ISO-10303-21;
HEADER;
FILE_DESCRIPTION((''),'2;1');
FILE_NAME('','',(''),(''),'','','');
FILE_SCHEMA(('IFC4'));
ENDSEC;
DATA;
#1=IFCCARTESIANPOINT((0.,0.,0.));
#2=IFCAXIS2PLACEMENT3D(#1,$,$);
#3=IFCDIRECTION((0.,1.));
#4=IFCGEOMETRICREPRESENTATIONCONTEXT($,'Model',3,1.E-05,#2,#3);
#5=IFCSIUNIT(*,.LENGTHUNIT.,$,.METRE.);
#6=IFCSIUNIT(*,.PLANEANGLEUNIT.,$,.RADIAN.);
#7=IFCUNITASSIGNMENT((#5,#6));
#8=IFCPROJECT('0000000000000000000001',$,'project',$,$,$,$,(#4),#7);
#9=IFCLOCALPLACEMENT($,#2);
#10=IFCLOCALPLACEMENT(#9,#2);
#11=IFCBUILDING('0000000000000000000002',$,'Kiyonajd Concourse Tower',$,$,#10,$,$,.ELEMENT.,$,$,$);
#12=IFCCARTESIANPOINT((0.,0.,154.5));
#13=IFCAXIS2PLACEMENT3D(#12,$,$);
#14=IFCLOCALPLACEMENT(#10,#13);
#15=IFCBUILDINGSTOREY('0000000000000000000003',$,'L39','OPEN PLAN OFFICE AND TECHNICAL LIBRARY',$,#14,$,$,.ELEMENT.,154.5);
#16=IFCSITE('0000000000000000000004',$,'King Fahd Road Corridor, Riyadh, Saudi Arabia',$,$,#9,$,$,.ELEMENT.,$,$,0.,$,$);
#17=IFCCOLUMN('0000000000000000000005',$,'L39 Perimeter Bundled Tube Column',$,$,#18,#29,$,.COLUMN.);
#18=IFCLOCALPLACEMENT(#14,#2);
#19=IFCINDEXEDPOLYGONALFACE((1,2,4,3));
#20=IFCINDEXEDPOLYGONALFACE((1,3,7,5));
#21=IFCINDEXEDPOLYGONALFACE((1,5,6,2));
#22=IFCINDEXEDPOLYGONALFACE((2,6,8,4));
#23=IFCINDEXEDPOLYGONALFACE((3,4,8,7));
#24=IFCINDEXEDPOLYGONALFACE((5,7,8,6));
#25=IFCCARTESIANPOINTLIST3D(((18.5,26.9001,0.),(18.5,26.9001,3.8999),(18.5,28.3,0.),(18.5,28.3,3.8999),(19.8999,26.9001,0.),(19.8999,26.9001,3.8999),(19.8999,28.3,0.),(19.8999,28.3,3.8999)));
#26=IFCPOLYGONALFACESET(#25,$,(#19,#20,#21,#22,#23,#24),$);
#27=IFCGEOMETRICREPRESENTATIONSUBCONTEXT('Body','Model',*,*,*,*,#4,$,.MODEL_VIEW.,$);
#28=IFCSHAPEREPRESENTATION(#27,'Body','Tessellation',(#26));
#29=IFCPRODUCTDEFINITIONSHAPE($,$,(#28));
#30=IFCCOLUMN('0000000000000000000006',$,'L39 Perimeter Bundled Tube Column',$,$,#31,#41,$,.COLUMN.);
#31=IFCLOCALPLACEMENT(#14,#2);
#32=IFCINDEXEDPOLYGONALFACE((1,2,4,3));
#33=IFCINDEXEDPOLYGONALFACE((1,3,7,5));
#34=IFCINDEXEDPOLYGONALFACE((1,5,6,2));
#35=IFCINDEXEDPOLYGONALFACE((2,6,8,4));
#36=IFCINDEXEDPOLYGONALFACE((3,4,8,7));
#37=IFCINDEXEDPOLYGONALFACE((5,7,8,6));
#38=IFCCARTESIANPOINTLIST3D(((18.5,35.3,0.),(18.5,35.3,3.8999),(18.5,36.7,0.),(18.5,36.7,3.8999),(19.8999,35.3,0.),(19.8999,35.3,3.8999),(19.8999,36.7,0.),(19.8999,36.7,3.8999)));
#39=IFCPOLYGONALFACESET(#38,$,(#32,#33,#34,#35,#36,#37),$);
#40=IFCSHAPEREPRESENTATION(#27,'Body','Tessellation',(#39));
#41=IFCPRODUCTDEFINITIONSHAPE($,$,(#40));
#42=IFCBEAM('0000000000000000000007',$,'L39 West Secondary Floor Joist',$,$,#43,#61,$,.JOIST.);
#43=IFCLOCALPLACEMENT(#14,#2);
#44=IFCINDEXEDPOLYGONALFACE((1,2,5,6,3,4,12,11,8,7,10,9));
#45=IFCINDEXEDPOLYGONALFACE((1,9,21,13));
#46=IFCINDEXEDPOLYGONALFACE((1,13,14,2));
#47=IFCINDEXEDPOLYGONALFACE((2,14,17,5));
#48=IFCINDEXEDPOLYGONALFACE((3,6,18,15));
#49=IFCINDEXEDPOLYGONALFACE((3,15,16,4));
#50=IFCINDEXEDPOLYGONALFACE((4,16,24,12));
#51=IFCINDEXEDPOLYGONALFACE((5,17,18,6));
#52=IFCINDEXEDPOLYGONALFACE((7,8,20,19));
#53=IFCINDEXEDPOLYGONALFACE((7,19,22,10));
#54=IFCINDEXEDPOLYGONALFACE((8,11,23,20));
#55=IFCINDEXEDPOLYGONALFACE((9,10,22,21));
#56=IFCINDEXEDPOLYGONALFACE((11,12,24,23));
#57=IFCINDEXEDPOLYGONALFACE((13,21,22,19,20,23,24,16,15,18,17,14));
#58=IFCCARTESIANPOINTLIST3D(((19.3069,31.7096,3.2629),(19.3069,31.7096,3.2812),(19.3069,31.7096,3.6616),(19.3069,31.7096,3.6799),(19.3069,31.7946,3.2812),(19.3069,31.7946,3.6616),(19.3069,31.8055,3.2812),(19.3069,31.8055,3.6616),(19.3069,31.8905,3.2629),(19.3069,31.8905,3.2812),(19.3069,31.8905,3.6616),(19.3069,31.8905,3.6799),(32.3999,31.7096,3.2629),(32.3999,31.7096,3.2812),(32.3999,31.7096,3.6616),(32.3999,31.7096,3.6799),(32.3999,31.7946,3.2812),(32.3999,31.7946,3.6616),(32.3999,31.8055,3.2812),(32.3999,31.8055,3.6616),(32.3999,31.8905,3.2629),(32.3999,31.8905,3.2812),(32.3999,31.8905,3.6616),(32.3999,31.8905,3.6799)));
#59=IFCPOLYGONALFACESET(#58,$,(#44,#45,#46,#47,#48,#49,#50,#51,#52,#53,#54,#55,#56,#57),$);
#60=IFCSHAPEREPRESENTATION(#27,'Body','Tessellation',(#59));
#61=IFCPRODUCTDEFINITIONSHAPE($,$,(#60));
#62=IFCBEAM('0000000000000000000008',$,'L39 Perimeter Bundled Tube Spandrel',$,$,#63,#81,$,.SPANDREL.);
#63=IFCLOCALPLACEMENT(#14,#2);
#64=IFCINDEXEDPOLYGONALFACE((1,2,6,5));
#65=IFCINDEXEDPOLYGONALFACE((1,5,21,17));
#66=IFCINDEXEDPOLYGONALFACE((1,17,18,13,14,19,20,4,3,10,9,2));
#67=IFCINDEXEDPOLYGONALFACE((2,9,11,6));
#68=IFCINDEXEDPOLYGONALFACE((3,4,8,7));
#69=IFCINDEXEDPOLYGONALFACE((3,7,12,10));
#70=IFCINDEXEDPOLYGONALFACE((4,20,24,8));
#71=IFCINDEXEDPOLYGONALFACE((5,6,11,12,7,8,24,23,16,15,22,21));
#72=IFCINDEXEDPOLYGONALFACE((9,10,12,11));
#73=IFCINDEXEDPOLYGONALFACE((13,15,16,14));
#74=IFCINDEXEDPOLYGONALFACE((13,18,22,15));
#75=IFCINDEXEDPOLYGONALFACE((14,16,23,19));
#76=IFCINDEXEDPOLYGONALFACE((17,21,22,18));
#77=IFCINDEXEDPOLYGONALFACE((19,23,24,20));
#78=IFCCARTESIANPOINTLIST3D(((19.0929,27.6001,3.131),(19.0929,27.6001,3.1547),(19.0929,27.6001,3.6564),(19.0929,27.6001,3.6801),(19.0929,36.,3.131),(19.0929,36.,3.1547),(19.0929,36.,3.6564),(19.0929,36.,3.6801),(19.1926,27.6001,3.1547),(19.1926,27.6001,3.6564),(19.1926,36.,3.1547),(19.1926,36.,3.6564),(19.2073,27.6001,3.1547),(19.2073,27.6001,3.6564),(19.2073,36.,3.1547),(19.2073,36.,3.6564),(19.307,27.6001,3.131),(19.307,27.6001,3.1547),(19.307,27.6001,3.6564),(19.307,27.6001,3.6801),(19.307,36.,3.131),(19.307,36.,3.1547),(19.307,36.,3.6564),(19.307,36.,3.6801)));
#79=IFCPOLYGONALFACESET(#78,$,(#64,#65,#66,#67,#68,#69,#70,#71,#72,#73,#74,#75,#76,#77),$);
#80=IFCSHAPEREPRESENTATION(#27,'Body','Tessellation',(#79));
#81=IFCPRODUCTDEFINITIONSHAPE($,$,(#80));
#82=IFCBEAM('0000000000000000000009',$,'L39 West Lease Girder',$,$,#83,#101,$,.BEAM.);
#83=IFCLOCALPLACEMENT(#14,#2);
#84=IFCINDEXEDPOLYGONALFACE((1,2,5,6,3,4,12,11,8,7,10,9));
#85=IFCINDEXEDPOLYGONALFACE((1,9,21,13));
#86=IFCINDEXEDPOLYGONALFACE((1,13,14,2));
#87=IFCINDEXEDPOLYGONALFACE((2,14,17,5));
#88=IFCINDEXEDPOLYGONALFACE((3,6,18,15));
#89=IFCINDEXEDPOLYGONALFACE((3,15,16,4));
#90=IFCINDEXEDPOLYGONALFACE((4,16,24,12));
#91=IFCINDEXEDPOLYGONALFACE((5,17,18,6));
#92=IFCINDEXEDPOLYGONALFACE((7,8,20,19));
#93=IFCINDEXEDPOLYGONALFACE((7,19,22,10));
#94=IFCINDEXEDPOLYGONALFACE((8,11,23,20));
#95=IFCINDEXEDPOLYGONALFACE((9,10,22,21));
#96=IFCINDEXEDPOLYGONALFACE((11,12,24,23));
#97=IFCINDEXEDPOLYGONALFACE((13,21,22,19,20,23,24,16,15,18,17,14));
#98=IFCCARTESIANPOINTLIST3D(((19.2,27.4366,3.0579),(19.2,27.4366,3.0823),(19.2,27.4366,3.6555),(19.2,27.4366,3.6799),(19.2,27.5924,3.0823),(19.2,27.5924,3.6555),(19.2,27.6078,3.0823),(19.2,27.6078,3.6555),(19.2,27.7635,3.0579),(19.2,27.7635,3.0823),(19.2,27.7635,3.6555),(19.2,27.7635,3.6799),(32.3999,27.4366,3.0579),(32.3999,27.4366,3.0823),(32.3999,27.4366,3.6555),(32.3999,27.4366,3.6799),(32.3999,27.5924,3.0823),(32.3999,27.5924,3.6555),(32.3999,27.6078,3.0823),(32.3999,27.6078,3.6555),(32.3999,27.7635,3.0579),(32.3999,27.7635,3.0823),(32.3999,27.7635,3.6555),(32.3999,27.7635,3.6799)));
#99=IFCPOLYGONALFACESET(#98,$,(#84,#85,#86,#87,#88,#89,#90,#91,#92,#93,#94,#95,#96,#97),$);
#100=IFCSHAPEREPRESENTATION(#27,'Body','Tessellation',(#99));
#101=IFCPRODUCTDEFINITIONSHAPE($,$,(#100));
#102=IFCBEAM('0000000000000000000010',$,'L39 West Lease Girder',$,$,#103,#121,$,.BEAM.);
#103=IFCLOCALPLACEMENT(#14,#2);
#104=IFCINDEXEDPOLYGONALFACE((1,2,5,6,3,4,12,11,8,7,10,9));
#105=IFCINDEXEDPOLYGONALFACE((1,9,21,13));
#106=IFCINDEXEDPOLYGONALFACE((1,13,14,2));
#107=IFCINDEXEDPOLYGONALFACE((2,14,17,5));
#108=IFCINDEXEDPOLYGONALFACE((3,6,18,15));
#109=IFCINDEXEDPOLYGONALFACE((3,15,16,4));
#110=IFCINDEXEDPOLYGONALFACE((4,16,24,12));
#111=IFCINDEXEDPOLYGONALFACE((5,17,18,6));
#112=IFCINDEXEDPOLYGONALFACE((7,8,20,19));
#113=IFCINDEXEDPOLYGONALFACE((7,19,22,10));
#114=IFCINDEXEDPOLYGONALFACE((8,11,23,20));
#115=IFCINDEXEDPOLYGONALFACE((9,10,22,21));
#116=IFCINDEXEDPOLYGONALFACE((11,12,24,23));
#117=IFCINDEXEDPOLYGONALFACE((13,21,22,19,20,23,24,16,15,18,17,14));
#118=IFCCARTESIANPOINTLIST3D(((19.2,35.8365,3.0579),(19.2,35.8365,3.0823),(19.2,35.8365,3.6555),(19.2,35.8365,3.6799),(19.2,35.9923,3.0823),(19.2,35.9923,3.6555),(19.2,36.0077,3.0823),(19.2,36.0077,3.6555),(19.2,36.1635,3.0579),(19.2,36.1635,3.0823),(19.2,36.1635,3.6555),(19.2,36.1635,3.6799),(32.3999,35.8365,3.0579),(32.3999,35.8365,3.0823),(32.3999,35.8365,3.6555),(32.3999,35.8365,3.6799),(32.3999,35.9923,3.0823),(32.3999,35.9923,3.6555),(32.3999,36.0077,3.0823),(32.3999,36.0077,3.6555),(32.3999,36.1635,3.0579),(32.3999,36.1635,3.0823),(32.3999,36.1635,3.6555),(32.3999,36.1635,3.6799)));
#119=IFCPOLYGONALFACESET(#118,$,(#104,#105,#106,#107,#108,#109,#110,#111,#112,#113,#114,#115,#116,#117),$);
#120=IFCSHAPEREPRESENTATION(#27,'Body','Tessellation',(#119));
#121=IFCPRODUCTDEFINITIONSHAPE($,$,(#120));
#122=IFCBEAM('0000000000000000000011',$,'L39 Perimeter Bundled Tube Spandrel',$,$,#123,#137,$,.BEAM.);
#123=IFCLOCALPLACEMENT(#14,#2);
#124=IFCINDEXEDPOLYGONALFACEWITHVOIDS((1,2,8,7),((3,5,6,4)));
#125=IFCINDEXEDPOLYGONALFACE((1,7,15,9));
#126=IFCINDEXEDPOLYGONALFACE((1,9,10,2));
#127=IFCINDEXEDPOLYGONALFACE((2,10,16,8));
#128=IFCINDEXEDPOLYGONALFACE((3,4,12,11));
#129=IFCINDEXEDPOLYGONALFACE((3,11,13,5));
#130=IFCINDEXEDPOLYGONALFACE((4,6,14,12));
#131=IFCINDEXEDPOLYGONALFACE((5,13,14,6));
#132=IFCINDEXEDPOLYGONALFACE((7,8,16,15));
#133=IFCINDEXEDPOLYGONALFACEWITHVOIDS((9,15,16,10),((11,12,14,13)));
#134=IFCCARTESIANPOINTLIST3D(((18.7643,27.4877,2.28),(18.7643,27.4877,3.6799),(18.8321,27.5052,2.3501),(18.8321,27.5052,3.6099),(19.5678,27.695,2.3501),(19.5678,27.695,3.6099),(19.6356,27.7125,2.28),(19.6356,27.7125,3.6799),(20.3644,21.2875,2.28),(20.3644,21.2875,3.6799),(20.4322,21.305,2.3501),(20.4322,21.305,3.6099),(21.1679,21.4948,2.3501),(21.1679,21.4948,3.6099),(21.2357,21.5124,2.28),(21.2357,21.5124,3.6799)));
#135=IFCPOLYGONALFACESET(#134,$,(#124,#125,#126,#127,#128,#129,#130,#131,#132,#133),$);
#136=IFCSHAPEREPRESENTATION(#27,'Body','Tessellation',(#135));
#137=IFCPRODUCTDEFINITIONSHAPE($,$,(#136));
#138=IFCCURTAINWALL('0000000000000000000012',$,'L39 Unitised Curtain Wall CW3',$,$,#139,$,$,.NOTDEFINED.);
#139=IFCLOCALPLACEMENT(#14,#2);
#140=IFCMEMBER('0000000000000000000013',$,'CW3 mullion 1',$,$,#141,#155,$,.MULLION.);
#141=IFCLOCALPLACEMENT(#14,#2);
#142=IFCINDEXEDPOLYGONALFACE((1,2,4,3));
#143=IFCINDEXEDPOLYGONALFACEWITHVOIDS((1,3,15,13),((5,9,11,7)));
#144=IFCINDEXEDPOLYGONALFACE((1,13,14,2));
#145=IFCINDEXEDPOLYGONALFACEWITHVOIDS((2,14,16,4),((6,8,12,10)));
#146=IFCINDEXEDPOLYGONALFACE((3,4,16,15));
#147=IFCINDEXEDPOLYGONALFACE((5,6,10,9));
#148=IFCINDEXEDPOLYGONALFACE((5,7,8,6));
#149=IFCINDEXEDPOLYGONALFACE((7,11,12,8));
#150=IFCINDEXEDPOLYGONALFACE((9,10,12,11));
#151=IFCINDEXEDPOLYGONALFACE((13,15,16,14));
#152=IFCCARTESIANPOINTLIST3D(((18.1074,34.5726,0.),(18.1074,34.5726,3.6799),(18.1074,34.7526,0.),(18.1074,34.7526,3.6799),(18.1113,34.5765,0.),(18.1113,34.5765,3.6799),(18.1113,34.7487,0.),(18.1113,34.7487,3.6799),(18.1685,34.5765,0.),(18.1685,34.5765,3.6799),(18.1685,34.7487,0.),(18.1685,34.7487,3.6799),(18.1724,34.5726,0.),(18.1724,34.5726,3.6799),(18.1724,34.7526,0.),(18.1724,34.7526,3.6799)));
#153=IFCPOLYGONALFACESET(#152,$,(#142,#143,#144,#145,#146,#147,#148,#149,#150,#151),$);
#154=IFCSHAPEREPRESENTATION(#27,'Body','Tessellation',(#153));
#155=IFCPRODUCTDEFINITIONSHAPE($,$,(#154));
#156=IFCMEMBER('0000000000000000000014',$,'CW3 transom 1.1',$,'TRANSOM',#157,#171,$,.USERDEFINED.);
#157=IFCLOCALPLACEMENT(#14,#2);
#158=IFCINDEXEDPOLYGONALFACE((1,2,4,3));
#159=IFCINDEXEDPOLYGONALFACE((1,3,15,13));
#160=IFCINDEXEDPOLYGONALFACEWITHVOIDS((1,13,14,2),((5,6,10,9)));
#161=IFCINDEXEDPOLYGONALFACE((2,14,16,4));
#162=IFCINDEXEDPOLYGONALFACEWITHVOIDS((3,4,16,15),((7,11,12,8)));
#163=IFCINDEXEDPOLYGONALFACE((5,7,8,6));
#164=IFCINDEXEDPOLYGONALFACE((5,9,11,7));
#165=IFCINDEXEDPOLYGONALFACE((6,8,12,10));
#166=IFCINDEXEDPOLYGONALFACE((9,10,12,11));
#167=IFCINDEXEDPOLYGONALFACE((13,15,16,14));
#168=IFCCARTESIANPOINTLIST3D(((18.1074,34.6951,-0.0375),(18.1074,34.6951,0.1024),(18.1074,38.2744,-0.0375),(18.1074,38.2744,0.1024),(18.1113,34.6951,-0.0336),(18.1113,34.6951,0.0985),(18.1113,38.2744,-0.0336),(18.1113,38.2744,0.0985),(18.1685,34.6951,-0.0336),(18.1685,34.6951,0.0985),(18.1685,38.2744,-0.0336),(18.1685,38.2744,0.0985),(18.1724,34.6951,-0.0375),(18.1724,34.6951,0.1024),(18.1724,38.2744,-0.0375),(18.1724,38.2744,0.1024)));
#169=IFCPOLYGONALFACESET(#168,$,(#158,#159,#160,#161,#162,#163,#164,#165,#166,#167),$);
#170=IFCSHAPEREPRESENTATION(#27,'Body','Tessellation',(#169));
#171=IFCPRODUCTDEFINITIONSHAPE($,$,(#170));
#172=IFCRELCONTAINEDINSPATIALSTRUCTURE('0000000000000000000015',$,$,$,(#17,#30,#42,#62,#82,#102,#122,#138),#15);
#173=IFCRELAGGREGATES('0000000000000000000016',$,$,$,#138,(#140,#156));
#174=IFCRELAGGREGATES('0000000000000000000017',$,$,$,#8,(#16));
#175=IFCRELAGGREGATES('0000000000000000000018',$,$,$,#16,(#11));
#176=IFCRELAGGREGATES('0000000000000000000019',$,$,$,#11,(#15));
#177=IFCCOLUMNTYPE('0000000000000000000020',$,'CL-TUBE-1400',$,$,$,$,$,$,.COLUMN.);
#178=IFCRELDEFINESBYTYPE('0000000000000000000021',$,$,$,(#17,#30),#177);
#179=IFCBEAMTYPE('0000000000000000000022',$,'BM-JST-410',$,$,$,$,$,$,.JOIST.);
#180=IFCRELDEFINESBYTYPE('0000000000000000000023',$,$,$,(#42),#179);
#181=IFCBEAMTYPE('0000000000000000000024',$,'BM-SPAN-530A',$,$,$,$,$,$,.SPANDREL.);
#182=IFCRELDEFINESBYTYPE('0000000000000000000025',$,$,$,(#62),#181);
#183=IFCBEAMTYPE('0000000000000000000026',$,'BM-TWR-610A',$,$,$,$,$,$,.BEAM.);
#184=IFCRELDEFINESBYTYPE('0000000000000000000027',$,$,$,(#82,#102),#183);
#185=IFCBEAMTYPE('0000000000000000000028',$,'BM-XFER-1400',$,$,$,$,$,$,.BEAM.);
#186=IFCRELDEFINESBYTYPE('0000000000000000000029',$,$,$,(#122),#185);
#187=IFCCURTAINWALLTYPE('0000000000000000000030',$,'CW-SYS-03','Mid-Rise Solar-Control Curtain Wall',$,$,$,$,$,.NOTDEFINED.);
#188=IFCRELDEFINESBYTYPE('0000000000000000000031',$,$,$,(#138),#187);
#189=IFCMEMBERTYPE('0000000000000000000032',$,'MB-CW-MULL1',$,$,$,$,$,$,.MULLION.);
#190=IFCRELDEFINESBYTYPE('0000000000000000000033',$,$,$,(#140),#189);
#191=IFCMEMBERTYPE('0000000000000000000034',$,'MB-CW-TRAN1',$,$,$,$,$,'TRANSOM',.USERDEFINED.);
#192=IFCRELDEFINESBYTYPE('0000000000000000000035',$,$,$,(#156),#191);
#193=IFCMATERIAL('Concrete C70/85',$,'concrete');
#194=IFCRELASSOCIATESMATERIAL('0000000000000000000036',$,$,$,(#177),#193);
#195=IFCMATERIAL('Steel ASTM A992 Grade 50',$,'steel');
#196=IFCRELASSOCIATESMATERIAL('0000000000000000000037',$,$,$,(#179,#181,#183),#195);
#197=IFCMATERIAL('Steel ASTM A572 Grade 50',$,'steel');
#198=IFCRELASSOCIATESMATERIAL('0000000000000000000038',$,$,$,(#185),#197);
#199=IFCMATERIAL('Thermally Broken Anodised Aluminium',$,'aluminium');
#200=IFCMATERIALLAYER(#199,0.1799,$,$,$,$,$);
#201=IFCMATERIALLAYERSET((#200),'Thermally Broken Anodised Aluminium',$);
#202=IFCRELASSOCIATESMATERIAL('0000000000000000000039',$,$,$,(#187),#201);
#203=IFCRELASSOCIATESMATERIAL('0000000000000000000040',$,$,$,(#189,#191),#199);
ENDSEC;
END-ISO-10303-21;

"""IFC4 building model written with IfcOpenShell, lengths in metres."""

from ifc_helpers import new_model, si_unit, direction, frame, origin, origin_2d, place, context, subcontext, project, spatial, rectangle, hollow_rectangle, i_section, extrude, material, layer, layer_set, material_profile, profile_set, type_object, element, aggregate, save


model = new_model("IFC4")

# Units and contexts
model_context = context("Model", 3, precision=1e-05, world=origin(), true_north=direction((0.0, 1.0)))
body_context = subcontext(model_context, "Body", "Model", "MODEL_VIEW")
ifc_project = project(units=[si_unit("LENGTHUNIT", "METRE"), si_unit("PLANEANGLEUNIT", "RADIAN")], contexts=[model_context])

# Site, building, storey
site_placement = place(None, origin())
site = spatial("IfcSite", under=ifc_project, at=site_placement, Name="King Fahd Road Corridor, Riyadh, Saudi Arabia", CompositionType="ELEMENT", RefElevation=0.0)
building_placement = place(site_placement, origin())
building = spatial("IfcBuilding", under=site, at=building_placement, Name="Kiyonajd Concourse Tower", CompositionType="ELEMENT")
storey_placement = place(building_placement, frame((0.0, 0.0, 154.5)))
storey = spatial("IfcBuildingStorey", under=building, at=storey_placement, Name="L39", Description="OPEN PLAN OFFICE AND TECHNICAL LIBRARY", CompositionType="ELEMENT", Elevation=154.5)

# Columns
ifc_material_1 = material(Name="Concrete C70/85", Category="concrete")
ifc_material_profile_1 = material_profile(ifc_material_1, rectangle(XDim=1.3999, YDim=1.3999, at=origin_2d()), Name="RC-1400x1400")
ifc_profile_set_1 = profile_set([ifc_material_profile_1], Name="Concrete C70/85")
column_type = type_object("IfcColumnType", Name="CL-TUBE-1400", PredefinedType="COLUMN", material=ifc_profile_set_1)
for number, where, z_axis, x_axis, name in (
    (1, (19.2, 27.6001, 0.0), (0.0, 0.0, 1.0), (1.0, 0.0, 0.0), "L39 Perimeter Bundled Tube Column"),
    (2, (19.2, 36.0, 0.0), (0.0, 0.0, 1.0), (1.0, 0.0, 0.0), "L39 Perimeter Bundled Tube Column"),
):
    element("IfcColumn", number, at=place(storey_placement, frame(where, z_axis=z_axis, x_axis=x_axis)), inside=storey, type_object=column_type, Name=name, PredefinedType="COLUMN", context=body_context, shape_type="SweptSolid", body=[
        extrude(rectangle(XDim=1.3999, YDim=1.3999, at=origin_2d()), origin(), (0.0, 0.0, 1.0), 3.8999),
    ])

# Beams
ifc_material_2 = material(Name="Steel ASTM A992 Grade 50", Category="steel")
ifc_material_profile_2 = material_profile(ifc_material_2, i_section(OverallWidth=0.1809, OverallDepth=0.417, WebThickness=0.011, FlangeThickness=0.0183, at=origin_2d()), Name="W410X85")
ifc_profile_set_2 = profile_set([ifc_material_profile_2], Name="Steel ASTM A992 Grade 50")
beam_type_1 = type_object("IfcBeamType", Name="BM-JST-410", PredefinedType="JOIST", material=ifc_profile_set_2)
beam_1_placement = place(storey_placement, frame((19.3069, 31.8, 3.4714), z_axis=(1.0, 0.0, 0.0), x_axis=(0.0, 1.0, 0.0)))
element("IfcBeam", 3, at=beam_1_placement, inside=storey, type_object=beam_type_1, Name="L39 West Secondary Floor Joist", PredefinedType="JOIST", context=body_context, shape_type="SweptSolid", body=[
    extrude(i_section(OverallWidth=0.1809, OverallDepth=0.417, WebThickness=0.011, FlangeThickness=0.0183, at=origin_2d()), origin(), (0.0, 0.0, 1.0), 13.093),
])
ifc_material_profile_3 = material_profile(ifc_material_2, i_section(OverallWidth=0.2141, OverallDepth=0.5491, WebThickness=0.0146, FlangeThickness=0.0237, at=origin_2d()), Name="W530X138")
ifc_profile_set_3 = profile_set([ifc_material_profile_3], Name="Steel ASTM A992 Grade 50")
beam_type_2 = type_object("IfcBeamType", Name="BM-SPAN-530A", PredefinedType="SPANDREL", material=ifc_profile_set_3)
beam_2_placement = place(storey_placement, frame((19.2, 36.0, 3.4055), z_axis=(0.0, -1.0, 0.0), x_axis=(1.0, 0.0, 0.0)))
element("IfcBeam", 4, at=beam_2_placement, inside=storey, type_object=beam_type_2, Name="L39 Perimeter Bundled Tube Spandrel", PredefinedType="SPANDREL", context=body_context, shape_type="SweptSolid", body=[
    extrude(i_section(OverallWidth=0.2141, OverallDepth=0.5491, WebThickness=0.0146, FlangeThickness=0.0237, at=origin_2d()), origin(), (0.0, 0.0, 1.0), 8.3999),
])
ifc_material_profile_4 = material_profile(ifc_material_2, i_section(OverallWidth=0.3269, OverallDepth=0.6221, WebThickness=0.0154, FlangeThickness=0.0244, at=origin_2d()), Name="W610X195")
ifc_profile_set_4 = profile_set([ifc_material_profile_4], Name="Steel ASTM A992 Grade 50")
beam_type_3 = type_object("IfcBeamType", Name="BM-TWR-610A", PredefinedType="BEAM", material=ifc_profile_set_4)
for number, where, z_axis, x_axis, name in (
    (5, (19.2, 27.6001, 3.3689), (1.0, 0.0, 0.0), (0.0, 1.0, 0.0), "L39 West Lease Girder"),
    (6, (19.2, 36.0, 3.3689), (1.0, 0.0, 0.0), (0.0, 1.0, 0.0), "L39 West Lease Girder"),
):
    element("IfcBeam", number, at=place(storey_placement, frame(where, z_axis=z_axis, x_axis=x_axis)), inside=storey, type_object=beam_type_3, Name=name, PredefinedType="BEAM", context=body_context, shape_type="SweptSolid", body=[
        extrude(i_section(OverallWidth=0.3269, OverallDepth=0.6221, WebThickness=0.0154, FlangeThickness=0.0244, at=origin_2d()), origin(), (0.0, 0.0, 1.0), 13.2),
    ])
ifc_material_3 = material(Name="Steel ASTM A572 Grade 50", Category="steel")
ifc_material_profile_5 = material_profile(ifc_material_3, hollow_rectangle(XDim=0.8999, YDim=1.3999, WallThickness=0.0701, at=origin_2d()), Name="BOX-1400x900x70")
ifc_profile_set_5 = profile_set([ifc_material_profile_5], Name="Steel ASTM A572 Grade 50")
beam_type_4 = type_object("IfcBeamType", Name="BM-XFER-1400", PredefinedType="BEAM", material=ifc_profile_set_5)
beam_3_placement = place(storey_placement, frame((19.2, 27.6001, 2.98), z_axis=(0.249885, -0.968276, 0.0), x_axis=(0.968276, 0.249885, 0.0)))
element("IfcBeam", 7, at=beam_3_placement, inside=storey, type_object=beam_type_4, Name="L39 Perimeter Bundled Tube Spandrel", PredefinedType="BEAM", context=body_context, shape_type="SweptSolid", body=[
    extrude(hollow_rectangle(XDim=0.8999, YDim=1.3999, WallThickness=0.0701, at=origin_2d()), origin(), (0.0, 0.0, 1.0), 6.4033),
])

# Curtain wall, members
ifc_material_4 = material(Name="Thermally Broken Anodised Aluminium", Category="aluminium")
ifc_layer_1 = layer(ifc_material_4, 0.1799)
ifc_layer_set_1 = layer_set([ifc_layer_1], Name="Thermally Broken Anodised Aluminium")
curtain_wall_type = type_object("IfcCurtainWallType", Name="CW-SYS-03", Description="Mid-Rise Solar-Control Curtain Wall", PredefinedType="NOTDEFINED", material=ifc_layer_set_1)
curtain_wall_placement = place(storey_placement, origin())
curtain_wall = element("IfcCurtainWall", 8, at=curtain_wall_placement, inside=storey, type_object=curtain_wall_type, Name="L39 Unitised Curtain Wall CW3", PredefinedType="NOTDEFINED")
ifc_material_profile_6 = material_profile(ifc_material_4, hollow_rectangle(XDim=0.0649, YDim=0.1799, WallThickness=0.0039, at=origin_2d()), Name="MULL-65x180")
ifc_profile_set_6 = profile_set([ifc_material_profile_6], Name="Thermally Broken Anodised Aluminium")
member_type_1 = type_object("IfcMemberType", Name="MB-CW-MULL1", PredefinedType="MULLION", material=ifc_profile_set_6)
member_1_placement = place(storey_placement, frame((18.1399, 34.6626, 0.0), z_axis=(0.0, 0.0, 1.0), x_axis=(-1.0, 0.0, 0.0)))
member_1 = element("IfcMember", 9, at=member_1_placement, type_object=member_type_1, Name="CW3 mullion 1", PredefinedType="MULLION", context=body_context, shape_type="SweptSolid", body=[
    extrude(hollow_rectangle(XDim=0.0649, YDim=0.1799, WallThickness=0.0039, at=origin_2d()), origin(), (0.0, 0.0, 1.0), 3.6799),
])
ifc_material_profile_7 = material_profile(ifc_material_4, hollow_rectangle(XDim=0.0649, YDim=0.1399, WallThickness=0.0039, at=origin_2d()), Name="TRAN-65x140")
ifc_profile_set_7 = profile_set([ifc_material_profile_7], Name="Thermally Broken Anodised Aluminium")
member_type_2 = type_object("IfcMemberType", Name="MB-CW-TRAN1", ElementType="TRANSOM", PredefinedType="USERDEFINED", material=ifc_profile_set_7)
member_2_placement = place(storey_placement, frame((18.1399, 34.6951, 0.0325), z_axis=(0.0, 1.0, 0.0), x_axis=(-1.0, 0.0, 0.0)))
member_2 = element("IfcMember", 10, at=member_2_placement, type_object=member_type_2, Name="CW3 transom 1.1", ObjectType="TRANSOM", PredefinedType="USERDEFINED", context=body_context, shape_type="SweptSolid", body=[
    extrude(hollow_rectangle(XDim=0.0649, YDim=0.1399, WallThickness=0.0039, at=origin_2d()), origin(), (0.0, 0.0, 1.0), 3.5793),
])

aggregate(curtain_wall, [member_1, member_2])

save(model, "model.ifc")
